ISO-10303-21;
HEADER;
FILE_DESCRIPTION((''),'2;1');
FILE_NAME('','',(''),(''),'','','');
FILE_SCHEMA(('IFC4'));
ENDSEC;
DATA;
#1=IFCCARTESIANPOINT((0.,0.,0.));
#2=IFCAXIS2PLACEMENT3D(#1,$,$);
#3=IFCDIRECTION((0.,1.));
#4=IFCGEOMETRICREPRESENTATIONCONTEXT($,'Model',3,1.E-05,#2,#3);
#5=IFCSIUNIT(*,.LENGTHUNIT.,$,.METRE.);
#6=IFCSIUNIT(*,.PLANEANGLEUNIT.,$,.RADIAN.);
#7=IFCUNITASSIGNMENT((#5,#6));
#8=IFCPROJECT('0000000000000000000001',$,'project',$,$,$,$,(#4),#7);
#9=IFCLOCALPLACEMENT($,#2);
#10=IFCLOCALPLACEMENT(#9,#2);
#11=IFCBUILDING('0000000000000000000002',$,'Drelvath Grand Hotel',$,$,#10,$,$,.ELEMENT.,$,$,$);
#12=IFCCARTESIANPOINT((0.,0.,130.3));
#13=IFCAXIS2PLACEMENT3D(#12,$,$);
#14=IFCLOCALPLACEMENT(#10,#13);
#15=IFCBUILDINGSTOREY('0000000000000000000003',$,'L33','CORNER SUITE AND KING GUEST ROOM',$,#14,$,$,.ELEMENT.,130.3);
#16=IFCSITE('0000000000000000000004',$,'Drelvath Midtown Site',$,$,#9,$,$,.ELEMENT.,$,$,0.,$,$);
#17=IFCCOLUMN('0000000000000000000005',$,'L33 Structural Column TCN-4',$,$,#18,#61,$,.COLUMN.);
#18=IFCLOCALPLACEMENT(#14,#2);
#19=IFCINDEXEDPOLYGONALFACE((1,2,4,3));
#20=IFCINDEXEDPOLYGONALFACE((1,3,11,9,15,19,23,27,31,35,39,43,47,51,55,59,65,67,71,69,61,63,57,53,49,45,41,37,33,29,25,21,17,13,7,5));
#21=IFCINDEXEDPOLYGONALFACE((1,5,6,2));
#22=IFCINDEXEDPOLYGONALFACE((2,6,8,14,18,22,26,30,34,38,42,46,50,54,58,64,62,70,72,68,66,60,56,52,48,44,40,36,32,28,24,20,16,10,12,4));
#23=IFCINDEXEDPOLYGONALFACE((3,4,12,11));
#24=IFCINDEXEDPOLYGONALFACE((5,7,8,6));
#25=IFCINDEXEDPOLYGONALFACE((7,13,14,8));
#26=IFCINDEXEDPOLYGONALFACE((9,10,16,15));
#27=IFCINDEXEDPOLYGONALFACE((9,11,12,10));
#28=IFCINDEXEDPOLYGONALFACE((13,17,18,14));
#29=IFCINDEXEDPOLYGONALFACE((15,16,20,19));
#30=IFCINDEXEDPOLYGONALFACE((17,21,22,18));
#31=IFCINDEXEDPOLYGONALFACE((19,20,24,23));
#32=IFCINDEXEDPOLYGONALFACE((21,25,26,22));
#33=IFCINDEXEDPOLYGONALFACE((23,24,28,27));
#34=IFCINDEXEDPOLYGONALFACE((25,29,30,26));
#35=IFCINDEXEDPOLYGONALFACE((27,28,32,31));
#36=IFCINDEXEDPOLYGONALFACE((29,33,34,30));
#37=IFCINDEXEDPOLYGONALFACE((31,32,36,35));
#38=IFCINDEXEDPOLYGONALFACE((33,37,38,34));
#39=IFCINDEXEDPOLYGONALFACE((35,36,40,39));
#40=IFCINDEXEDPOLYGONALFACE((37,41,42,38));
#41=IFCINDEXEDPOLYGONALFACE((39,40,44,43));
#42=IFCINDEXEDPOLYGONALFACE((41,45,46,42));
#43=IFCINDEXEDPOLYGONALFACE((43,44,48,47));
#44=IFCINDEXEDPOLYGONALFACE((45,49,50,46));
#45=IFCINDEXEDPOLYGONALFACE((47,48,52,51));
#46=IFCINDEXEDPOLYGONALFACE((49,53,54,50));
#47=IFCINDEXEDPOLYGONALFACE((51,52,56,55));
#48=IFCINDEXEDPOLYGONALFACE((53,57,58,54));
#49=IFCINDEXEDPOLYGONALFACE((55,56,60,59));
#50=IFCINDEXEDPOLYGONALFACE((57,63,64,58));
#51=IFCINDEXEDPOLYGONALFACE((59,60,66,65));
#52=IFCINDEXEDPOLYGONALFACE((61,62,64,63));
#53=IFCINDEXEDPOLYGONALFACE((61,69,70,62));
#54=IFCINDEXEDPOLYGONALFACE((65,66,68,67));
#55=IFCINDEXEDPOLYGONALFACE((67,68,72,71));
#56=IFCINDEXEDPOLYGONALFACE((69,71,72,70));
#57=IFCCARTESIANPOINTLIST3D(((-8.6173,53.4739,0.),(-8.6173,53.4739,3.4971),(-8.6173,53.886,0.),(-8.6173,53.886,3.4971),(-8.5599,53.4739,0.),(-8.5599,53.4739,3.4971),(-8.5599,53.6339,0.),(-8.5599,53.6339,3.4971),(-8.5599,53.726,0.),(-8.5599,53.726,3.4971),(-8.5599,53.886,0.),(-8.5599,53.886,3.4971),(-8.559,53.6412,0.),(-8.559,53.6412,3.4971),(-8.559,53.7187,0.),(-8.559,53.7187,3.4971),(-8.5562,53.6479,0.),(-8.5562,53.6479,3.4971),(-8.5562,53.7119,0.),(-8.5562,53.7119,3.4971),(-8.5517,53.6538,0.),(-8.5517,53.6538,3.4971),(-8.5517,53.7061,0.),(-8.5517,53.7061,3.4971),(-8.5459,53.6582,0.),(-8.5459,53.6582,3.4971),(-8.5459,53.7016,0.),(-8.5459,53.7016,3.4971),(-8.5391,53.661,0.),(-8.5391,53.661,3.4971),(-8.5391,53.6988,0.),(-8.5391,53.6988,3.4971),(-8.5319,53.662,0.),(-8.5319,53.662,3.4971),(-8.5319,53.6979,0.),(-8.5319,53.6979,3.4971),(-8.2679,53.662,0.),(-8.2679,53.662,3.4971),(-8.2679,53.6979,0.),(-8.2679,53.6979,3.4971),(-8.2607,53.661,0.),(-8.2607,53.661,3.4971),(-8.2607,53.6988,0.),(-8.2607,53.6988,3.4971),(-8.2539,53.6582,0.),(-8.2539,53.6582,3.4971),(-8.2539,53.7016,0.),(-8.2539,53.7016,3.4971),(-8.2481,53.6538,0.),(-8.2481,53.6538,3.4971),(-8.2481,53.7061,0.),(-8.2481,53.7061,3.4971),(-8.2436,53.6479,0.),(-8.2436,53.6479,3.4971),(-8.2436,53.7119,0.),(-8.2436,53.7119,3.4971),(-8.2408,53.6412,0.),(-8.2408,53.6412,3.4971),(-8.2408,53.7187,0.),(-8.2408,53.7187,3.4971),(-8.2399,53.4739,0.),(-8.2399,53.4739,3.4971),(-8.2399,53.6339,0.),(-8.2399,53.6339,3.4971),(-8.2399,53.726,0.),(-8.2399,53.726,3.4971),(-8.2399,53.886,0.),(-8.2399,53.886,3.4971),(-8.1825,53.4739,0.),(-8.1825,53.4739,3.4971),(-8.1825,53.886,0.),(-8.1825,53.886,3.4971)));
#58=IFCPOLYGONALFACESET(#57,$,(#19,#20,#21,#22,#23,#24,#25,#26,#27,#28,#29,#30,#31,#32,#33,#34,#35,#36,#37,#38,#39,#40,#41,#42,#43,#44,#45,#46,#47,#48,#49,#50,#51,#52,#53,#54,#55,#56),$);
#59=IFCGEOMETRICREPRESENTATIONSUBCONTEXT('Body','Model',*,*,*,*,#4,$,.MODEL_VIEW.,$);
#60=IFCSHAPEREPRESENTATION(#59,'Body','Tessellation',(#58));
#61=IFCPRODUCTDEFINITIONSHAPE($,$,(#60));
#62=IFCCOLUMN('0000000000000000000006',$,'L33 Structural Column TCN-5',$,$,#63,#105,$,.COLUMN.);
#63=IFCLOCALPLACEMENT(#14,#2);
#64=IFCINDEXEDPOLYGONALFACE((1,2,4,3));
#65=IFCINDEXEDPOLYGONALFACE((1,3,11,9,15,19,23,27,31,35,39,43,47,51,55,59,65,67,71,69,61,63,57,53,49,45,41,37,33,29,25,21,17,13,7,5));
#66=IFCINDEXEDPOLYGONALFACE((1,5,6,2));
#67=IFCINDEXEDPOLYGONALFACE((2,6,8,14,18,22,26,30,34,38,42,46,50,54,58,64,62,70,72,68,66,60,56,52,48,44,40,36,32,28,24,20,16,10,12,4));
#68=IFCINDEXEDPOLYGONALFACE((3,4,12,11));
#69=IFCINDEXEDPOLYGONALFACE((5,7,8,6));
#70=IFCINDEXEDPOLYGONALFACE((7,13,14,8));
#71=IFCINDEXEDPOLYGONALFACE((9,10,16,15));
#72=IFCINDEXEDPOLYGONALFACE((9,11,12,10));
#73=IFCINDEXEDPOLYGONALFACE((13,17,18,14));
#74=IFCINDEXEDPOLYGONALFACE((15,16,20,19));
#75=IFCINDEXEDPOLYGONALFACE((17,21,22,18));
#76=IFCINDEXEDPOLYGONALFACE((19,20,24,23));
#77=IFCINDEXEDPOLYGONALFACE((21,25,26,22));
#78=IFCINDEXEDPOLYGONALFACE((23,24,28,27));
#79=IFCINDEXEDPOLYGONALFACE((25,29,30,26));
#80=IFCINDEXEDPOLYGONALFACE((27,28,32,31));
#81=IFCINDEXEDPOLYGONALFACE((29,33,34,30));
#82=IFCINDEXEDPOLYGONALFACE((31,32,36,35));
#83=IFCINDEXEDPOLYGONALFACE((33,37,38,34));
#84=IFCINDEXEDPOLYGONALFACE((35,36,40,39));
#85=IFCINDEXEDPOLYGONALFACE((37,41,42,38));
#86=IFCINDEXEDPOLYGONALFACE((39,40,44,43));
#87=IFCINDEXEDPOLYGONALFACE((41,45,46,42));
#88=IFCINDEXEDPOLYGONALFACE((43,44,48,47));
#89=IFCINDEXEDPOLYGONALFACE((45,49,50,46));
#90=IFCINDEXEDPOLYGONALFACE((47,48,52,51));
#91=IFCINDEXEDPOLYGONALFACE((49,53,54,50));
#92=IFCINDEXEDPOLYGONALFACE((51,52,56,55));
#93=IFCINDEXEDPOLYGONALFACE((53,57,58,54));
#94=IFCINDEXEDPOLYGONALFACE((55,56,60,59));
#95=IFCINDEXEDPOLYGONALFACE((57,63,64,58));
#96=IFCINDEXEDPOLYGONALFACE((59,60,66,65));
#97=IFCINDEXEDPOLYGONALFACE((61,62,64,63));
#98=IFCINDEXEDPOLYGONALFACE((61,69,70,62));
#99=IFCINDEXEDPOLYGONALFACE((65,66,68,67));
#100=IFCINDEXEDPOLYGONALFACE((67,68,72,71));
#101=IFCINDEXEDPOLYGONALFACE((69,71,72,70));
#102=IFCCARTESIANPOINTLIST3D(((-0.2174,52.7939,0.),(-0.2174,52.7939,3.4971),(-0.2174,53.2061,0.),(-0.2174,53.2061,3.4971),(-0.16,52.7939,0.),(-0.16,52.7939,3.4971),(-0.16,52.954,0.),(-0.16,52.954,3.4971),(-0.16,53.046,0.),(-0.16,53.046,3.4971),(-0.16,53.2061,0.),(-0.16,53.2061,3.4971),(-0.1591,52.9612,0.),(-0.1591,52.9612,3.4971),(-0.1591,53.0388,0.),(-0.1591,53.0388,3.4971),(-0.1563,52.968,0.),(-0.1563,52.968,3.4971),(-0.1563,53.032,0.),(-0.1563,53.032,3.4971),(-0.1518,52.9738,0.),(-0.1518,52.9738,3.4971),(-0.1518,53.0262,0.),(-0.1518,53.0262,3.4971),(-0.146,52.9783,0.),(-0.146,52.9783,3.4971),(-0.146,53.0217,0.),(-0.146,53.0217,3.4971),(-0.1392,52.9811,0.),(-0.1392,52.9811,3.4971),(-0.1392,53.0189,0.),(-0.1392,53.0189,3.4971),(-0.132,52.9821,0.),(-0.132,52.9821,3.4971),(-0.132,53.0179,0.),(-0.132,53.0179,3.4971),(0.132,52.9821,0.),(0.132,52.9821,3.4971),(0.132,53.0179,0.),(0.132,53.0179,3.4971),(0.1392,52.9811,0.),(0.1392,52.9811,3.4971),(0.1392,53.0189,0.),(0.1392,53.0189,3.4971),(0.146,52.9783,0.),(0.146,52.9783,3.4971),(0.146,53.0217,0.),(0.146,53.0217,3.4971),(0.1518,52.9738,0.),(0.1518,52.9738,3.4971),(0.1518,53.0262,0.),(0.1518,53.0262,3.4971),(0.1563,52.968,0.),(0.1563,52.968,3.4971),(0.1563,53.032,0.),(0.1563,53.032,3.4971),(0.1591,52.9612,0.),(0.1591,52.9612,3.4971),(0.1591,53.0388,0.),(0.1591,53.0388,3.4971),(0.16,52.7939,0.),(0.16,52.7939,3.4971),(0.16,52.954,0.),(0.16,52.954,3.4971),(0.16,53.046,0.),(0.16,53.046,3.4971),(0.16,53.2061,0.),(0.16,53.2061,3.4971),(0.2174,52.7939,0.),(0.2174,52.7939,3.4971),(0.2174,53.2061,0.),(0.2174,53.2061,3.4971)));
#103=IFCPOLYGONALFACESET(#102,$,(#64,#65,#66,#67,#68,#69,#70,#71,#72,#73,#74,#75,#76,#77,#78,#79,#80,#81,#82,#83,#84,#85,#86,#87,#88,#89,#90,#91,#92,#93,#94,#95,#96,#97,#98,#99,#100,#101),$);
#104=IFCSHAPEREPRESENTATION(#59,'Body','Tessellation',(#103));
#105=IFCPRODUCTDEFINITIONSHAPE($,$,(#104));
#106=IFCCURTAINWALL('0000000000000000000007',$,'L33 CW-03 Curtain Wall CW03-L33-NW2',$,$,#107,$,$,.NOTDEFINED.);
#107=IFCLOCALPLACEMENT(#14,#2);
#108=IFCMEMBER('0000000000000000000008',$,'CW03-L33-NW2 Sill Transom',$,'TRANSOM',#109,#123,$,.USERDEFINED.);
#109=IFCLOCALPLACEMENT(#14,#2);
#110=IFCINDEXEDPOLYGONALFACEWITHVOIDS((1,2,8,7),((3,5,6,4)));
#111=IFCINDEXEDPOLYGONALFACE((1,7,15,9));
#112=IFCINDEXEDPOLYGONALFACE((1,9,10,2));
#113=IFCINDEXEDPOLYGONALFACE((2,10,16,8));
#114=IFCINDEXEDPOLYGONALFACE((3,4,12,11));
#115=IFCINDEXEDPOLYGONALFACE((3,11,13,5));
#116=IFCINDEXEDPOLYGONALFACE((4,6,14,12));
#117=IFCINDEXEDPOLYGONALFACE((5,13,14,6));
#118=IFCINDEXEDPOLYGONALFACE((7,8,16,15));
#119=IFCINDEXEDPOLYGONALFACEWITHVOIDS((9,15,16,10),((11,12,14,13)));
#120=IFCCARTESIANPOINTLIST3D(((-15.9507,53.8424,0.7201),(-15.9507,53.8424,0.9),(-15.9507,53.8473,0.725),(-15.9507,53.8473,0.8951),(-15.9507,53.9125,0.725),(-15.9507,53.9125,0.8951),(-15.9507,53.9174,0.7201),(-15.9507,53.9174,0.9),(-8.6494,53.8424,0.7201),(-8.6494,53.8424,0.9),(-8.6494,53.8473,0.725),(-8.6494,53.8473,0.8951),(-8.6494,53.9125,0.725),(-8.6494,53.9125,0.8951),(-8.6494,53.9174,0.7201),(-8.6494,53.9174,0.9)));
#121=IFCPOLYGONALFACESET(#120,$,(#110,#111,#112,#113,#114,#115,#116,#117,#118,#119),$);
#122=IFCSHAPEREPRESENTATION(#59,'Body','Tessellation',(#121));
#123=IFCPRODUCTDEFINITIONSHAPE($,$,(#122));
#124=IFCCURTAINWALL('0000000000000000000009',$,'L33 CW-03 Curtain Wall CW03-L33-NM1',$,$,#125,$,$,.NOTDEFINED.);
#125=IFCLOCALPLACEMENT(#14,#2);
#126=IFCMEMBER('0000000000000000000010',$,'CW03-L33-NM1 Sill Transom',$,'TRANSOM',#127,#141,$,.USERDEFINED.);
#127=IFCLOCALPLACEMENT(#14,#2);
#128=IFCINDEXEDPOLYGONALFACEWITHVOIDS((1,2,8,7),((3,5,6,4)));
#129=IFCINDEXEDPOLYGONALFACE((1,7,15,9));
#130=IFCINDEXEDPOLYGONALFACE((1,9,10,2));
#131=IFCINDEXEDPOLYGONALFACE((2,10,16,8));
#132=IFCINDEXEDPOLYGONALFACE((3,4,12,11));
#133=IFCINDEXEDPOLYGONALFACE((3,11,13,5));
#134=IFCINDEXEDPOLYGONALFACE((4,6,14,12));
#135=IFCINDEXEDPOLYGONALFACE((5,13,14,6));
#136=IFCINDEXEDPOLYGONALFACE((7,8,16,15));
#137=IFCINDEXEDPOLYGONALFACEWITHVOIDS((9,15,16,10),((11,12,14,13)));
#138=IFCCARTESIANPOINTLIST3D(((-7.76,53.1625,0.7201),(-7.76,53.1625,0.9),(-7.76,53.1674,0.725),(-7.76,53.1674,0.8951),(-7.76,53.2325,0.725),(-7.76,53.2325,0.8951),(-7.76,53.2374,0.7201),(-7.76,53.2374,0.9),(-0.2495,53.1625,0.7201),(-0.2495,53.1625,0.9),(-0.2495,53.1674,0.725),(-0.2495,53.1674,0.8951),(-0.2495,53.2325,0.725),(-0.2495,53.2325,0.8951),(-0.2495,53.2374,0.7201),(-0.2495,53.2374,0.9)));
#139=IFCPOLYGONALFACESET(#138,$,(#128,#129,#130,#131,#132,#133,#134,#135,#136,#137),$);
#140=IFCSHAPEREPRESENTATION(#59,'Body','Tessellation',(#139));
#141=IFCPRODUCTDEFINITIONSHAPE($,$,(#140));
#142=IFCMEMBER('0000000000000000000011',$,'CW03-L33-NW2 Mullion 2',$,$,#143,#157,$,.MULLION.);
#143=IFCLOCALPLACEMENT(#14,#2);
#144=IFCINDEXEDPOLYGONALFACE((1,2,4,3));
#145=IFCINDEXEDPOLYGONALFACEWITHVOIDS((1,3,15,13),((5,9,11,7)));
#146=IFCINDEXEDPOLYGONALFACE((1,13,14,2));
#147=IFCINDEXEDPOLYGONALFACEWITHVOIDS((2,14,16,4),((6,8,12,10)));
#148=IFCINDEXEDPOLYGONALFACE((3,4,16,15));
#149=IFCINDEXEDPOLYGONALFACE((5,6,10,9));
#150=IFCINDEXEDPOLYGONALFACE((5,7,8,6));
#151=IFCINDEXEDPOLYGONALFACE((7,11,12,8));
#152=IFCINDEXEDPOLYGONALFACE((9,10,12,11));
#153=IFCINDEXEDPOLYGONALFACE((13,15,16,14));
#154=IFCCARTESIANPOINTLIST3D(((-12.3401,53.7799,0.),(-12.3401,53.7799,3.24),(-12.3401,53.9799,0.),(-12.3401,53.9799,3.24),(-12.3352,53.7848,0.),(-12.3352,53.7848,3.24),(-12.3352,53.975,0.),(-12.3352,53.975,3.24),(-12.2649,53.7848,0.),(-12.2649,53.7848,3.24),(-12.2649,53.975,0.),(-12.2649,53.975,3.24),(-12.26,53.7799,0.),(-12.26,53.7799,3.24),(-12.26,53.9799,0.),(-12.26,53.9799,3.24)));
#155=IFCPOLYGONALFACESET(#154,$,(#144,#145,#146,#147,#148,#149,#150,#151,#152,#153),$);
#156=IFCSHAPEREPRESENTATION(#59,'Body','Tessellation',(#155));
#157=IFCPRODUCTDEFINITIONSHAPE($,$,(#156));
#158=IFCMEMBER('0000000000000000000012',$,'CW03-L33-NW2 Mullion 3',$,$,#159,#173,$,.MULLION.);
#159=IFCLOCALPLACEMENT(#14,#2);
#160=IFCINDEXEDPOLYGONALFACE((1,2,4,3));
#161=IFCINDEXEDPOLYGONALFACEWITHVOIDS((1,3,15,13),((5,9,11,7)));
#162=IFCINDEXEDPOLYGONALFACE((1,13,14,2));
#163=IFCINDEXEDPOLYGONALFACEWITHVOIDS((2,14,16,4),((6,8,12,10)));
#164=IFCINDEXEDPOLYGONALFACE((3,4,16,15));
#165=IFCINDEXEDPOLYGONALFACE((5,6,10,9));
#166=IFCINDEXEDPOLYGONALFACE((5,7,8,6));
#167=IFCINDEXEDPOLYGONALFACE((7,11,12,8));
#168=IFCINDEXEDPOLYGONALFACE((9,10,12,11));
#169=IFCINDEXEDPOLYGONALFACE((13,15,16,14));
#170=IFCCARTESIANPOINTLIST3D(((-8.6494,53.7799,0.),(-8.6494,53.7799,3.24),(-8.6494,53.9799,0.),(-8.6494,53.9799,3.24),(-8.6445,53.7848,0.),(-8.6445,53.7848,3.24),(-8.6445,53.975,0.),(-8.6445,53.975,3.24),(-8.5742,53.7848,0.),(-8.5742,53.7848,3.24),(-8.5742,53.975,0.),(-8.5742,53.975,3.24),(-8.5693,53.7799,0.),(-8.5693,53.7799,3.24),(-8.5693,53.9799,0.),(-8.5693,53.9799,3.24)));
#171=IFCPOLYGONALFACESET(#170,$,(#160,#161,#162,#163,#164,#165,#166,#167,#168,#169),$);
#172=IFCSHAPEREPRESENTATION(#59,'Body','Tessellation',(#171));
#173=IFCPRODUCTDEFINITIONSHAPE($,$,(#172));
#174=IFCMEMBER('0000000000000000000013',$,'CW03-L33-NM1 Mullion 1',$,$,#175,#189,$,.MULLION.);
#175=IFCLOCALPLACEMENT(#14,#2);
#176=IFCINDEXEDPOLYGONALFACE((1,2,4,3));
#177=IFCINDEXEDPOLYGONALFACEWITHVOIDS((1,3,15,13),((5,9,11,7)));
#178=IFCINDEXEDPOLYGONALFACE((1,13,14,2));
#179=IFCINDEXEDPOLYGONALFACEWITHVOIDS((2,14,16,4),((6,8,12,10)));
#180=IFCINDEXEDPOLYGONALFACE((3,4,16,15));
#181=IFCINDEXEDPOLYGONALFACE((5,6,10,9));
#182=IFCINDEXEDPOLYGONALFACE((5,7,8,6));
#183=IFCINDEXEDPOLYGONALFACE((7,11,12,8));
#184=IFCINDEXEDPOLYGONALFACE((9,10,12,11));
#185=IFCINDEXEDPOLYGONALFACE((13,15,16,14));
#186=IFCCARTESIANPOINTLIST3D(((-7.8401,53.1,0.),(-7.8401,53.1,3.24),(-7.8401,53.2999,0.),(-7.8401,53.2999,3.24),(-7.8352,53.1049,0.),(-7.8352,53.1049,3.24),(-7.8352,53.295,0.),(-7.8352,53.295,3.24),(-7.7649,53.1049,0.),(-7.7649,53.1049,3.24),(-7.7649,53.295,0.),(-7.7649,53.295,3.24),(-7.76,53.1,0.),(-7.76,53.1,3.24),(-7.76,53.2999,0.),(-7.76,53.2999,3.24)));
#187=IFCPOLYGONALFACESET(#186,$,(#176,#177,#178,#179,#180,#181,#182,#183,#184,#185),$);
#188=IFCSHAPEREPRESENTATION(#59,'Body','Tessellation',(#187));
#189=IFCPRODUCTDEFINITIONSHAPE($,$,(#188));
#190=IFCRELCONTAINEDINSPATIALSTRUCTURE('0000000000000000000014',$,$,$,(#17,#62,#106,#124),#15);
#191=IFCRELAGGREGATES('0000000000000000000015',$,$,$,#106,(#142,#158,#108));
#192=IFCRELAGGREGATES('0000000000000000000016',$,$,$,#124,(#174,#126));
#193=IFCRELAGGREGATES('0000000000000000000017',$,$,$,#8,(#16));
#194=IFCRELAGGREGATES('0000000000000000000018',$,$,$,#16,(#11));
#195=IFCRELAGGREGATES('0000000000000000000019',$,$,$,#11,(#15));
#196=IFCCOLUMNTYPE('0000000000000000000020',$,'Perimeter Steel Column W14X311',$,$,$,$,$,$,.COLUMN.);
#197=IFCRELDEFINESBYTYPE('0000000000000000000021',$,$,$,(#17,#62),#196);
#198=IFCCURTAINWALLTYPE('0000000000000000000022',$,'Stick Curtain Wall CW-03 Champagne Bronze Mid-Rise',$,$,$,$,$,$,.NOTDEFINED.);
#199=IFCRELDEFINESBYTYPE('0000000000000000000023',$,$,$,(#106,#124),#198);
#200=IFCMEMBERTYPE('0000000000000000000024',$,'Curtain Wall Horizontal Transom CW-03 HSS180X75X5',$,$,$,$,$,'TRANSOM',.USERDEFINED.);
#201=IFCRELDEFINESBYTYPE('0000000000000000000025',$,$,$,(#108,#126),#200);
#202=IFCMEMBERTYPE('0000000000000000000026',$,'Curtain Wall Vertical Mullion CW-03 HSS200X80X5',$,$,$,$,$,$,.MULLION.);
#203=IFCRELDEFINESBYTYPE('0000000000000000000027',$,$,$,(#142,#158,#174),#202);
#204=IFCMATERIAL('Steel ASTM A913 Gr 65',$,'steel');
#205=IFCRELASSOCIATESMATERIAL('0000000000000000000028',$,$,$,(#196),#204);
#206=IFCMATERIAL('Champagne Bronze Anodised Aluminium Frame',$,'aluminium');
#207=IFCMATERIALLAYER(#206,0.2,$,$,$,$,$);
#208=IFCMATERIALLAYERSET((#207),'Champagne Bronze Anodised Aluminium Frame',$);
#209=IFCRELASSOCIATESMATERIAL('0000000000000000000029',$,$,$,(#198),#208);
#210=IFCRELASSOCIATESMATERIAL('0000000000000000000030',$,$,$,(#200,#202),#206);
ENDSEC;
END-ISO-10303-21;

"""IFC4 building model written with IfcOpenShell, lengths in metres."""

from ifc_helpers import new_model, si_unit, direction, frame, origin, origin_2d, place, context, subcontext, project, spatial, hollow_rectangle, i_section, extrude, material, layer, layer_set, material_profile, profile_set, type_object, element, aggregate, save


model = new_model("IFC4")

# Units and contexts
model_context = context("Model", 3, precision=1e-05, world=origin(), true_north=direction((0.0, 1.0)))
body_context = subcontext(model_context, "Body", "Model", "MODEL_VIEW")
ifc_project = project(units=[si_unit("LENGTHUNIT", "METRE"), si_unit("PLANEANGLEUNIT", "RADIAN")], contexts=[model_context])

# Site, building, storey
site_placement = place(None, origin())
site = spatial("IfcSite", under=ifc_project, at=site_placement, Name="Drelvath Midtown Site", CompositionType="ELEMENT", RefElevation=0.0)
building_placement = place(site_placement, origin())
building = spatial("IfcBuilding", under=site, at=building_placement, Name="Drelvath Grand Hotel", CompositionType="ELEMENT")
storey_placement = place(building_placement, frame((0.0, 0.0, 130.3)))
storey = spatial("IfcBuildingStorey", under=building, at=storey_placement, Name="L33", Description="CORNER SUITE AND KING GUEST ROOM", CompositionType="ELEMENT", Elevation=130.3)

# Columns
ifc_material_1 = material(Name="Steel ASTM A913 Gr 65", Category="steel")
ifc_material_profile_1 = material_profile(ifc_material_1, i_section(OverallWidth=0.4121, OverallDepth=0.4348, WebThickness=0.0359, FlangeThickness=0.0574, FilletRadius=0.0281, at=origin_2d()), Name="W14X311")
ifc_profile_set_1 = profile_set([ifc_material_profile_1], Name="Steel ASTM A913 Gr 65")
column_type = type_object("IfcColumnType", Name="Perimeter Steel Column W14X311", PredefinedType="COLUMN", material=ifc_profile_set_1)
for number, where, z_axis, x_axis, name in (
    (1, (-8.3999, 53.6799, 0.0), (0.0, 0.0, 1.0), (0.0, 1.0, 0.0), "L33 Structural Column TCN-4"),
    (2, (0.0, 53.0, 0.0), (0.0, 0.0, 1.0), (0.0, 1.0, 0.0), "L33 Structural Column TCN-5"),
):
    element("IfcColumn", number, at=place(storey_placement, frame(where, z_axis=z_axis, x_axis=x_axis)), inside=storey, type_object=column_type, Name=name, PredefinedType="COLUMN", context=body_context, shape_type="SweptSolid", body=[
        extrude(i_section(OverallWidth=0.4121, OverallDepth=0.4348, WebThickness=0.0359, FlangeThickness=0.0574, FilletRadius=0.0281, at=origin_2d()), origin(), (0.0, 0.0, 1.0), 3.4971),
    ])

# Curtain walls, members
ifc_material_2 = material(Name="Champagne Bronze Anodised Aluminium Frame", Category="aluminium")
ifc_layer_1 = layer(ifc_material_2, 0.2)
ifc_layer_set_1 = layer_set([ifc_layer_1], Name="Champagne Bronze Anodised Aluminium Frame")
curtain_wall_type = type_object("IfcCurtainWallType", Name="Stick Curtain Wall CW-03 Champagne Bronze Mid-Rise", PredefinedType="NOTDEFINED", material=ifc_layer_set_1)
curtain_wall_1_placement = place(storey_placement, origin())
curtain_wall_1 = element("IfcCurtainWall", 3, at=curtain_wall_1_placement, inside=storey, type_object=curtain_wall_type, Name="L33 CW-03 Curtain Wall CW03-L33-NW2", PredefinedType="NOTDEFINED")
ifc_material_profile_2 = material_profile(ifc_material_2, hollow_rectangle(XDim=0.075, YDim=0.1799, WallThickness=0.0049, at=origin_2d()), Name="HSS180X75X5")
ifc_profile_set_2 = profile_set([ifc_material_profile_2], Name="Champagne Bronze Anodised Aluminium Frame")
member_type_1 = type_object("IfcMemberType", Name="Curtain Wall Horizontal Transom CW-03 HSS180X75X5", ElementType="TRANSOM", PredefinedType="USERDEFINED", material=ifc_profile_set_2)
member_1_placement = place(storey_placement, frame((-15.9507, 53.8799, 0.8101), z_axis=(1.0, 0.0, 0.0), x_axis=(0.0, 1.0, 0.0)))
member_1 = element("IfcMember", 4, at=member_1_placement, type_object=member_type_1, Name="CW03-L33-NW2 Sill Transom", ObjectType="TRANSOM", PredefinedType="USERDEFINED", context=body_context, shape_type="SweptSolid", body=[
    extrude(hollow_rectangle(XDim=0.075, YDim=0.1799, WallThickness=0.0049, at=origin_2d()), origin(), (0.0, 0.0, 1.0), 7.3013),
])
curtain_wall_2_placement = place(storey_placement, origin())
curtain_wall_2 = element("IfcCurtainWall", 5, at=curtain_wall_2_placement, inside=storey, type_object=curtain_wall_type, Name="L33 CW-03 Curtain Wall CW03-L33-NM1", PredefinedType="NOTDEFINED")
member_2_placement = place(storey_placement, frame((-7.76, 53.2, 0.8101), z_axis=(1.0, 0.0, 0.0), x_axis=(0.0, 1.0, 0.0)))
member_2 = element("IfcMember", 6, at=member_2_placement, type_object=member_type_1, Name="CW03-L33-NM1 Sill Transom", ObjectType="TRANSOM", PredefinedType="USERDEFINED", context=body_context, shape_type="SweptSolid", body=[
    extrude(hollow_rectangle(XDim=0.075, YDim=0.1799, WallThickness=0.0049, at=origin_2d()), origin(), (0.0, 0.0, 1.0), 7.5105),
])

# Members
ifc_material_profile_3 = material_profile(ifc_material_2, hollow_rectangle(XDim=0.0801, YDim=0.2, WallThickness=0.0049, at=origin_2d()), Name="HSS200X80X5")
ifc_profile_set_3 = profile_set([ifc_material_profile_3], Name="Champagne Bronze Anodised Aluminium Frame")
member_type_2 = type_object("IfcMemberType", Name="Curtain Wall Vertical Mullion CW-03 HSS200X80X5", PredefinedType="MULLION", material=ifc_profile_set_3)
member_3_placement = place(storey_placement, frame((-12.3, 53.8799, 0.0), z_axis=(0.0, 0.0, 1.0), x_axis=(1.0, 0.0, 0.0)))
member_3 = element("IfcMember", 7, at=member_3_placement, type_object=member_type_2, Name="CW03-L33-NW2 Mullion 2", PredefinedType="MULLION", context=body_context, shape_type="SweptSolid", body=[
    extrude(hollow_rectangle(XDim=0.0801, YDim=0.2, WallThickness=0.0049, at=origin_2d()), origin(), (0.0, 0.0, 1.0), 3.24),
])
member_4_placement = place(storey_placement, frame((-8.6094, 53.8799, 0.0), z_axis=(0.0, 0.0, 1.0), x_axis=(1.0, 0.0, 0.0)))
member_4 = element("IfcMember", 8, at=member_4_placement, type_object=member_type_2, Name="CW03-L33-NW2 Mullion 3", PredefinedType="MULLION", context=body_context, shape_type="SweptSolid", body=[
    extrude(hollow_rectangle(XDim=0.0801, YDim=0.2, WallThickness=0.0049, at=origin_2d()), origin(), (0.0, 0.0, 1.0), 3.24),
])
member_5_placement = place(storey_placement, frame((-7.8, 53.2, 0.0), z_axis=(0.0, 0.0, 1.0), x_axis=(1.0, 0.0, 0.0)))
member_5 = element("IfcMember", 9, at=member_5_placement, type_object=member_type_2, Name="CW03-L33-NM1 Mullion 1", PredefinedType="MULLION", context=body_context, shape_type="SweptSolid", body=[
    extrude(hollow_rectangle(XDim=0.0801, YDim=0.2, WallThickness=0.0049, at=origin_2d()), origin(), (0.0, 0.0, 1.0), 3.24),
])

aggregate(curtain_wall_1, [member_3, member_4, member_1])
aggregate(curtain_wall_2, [member_5, member_2])

save(model, "model.ifc")
